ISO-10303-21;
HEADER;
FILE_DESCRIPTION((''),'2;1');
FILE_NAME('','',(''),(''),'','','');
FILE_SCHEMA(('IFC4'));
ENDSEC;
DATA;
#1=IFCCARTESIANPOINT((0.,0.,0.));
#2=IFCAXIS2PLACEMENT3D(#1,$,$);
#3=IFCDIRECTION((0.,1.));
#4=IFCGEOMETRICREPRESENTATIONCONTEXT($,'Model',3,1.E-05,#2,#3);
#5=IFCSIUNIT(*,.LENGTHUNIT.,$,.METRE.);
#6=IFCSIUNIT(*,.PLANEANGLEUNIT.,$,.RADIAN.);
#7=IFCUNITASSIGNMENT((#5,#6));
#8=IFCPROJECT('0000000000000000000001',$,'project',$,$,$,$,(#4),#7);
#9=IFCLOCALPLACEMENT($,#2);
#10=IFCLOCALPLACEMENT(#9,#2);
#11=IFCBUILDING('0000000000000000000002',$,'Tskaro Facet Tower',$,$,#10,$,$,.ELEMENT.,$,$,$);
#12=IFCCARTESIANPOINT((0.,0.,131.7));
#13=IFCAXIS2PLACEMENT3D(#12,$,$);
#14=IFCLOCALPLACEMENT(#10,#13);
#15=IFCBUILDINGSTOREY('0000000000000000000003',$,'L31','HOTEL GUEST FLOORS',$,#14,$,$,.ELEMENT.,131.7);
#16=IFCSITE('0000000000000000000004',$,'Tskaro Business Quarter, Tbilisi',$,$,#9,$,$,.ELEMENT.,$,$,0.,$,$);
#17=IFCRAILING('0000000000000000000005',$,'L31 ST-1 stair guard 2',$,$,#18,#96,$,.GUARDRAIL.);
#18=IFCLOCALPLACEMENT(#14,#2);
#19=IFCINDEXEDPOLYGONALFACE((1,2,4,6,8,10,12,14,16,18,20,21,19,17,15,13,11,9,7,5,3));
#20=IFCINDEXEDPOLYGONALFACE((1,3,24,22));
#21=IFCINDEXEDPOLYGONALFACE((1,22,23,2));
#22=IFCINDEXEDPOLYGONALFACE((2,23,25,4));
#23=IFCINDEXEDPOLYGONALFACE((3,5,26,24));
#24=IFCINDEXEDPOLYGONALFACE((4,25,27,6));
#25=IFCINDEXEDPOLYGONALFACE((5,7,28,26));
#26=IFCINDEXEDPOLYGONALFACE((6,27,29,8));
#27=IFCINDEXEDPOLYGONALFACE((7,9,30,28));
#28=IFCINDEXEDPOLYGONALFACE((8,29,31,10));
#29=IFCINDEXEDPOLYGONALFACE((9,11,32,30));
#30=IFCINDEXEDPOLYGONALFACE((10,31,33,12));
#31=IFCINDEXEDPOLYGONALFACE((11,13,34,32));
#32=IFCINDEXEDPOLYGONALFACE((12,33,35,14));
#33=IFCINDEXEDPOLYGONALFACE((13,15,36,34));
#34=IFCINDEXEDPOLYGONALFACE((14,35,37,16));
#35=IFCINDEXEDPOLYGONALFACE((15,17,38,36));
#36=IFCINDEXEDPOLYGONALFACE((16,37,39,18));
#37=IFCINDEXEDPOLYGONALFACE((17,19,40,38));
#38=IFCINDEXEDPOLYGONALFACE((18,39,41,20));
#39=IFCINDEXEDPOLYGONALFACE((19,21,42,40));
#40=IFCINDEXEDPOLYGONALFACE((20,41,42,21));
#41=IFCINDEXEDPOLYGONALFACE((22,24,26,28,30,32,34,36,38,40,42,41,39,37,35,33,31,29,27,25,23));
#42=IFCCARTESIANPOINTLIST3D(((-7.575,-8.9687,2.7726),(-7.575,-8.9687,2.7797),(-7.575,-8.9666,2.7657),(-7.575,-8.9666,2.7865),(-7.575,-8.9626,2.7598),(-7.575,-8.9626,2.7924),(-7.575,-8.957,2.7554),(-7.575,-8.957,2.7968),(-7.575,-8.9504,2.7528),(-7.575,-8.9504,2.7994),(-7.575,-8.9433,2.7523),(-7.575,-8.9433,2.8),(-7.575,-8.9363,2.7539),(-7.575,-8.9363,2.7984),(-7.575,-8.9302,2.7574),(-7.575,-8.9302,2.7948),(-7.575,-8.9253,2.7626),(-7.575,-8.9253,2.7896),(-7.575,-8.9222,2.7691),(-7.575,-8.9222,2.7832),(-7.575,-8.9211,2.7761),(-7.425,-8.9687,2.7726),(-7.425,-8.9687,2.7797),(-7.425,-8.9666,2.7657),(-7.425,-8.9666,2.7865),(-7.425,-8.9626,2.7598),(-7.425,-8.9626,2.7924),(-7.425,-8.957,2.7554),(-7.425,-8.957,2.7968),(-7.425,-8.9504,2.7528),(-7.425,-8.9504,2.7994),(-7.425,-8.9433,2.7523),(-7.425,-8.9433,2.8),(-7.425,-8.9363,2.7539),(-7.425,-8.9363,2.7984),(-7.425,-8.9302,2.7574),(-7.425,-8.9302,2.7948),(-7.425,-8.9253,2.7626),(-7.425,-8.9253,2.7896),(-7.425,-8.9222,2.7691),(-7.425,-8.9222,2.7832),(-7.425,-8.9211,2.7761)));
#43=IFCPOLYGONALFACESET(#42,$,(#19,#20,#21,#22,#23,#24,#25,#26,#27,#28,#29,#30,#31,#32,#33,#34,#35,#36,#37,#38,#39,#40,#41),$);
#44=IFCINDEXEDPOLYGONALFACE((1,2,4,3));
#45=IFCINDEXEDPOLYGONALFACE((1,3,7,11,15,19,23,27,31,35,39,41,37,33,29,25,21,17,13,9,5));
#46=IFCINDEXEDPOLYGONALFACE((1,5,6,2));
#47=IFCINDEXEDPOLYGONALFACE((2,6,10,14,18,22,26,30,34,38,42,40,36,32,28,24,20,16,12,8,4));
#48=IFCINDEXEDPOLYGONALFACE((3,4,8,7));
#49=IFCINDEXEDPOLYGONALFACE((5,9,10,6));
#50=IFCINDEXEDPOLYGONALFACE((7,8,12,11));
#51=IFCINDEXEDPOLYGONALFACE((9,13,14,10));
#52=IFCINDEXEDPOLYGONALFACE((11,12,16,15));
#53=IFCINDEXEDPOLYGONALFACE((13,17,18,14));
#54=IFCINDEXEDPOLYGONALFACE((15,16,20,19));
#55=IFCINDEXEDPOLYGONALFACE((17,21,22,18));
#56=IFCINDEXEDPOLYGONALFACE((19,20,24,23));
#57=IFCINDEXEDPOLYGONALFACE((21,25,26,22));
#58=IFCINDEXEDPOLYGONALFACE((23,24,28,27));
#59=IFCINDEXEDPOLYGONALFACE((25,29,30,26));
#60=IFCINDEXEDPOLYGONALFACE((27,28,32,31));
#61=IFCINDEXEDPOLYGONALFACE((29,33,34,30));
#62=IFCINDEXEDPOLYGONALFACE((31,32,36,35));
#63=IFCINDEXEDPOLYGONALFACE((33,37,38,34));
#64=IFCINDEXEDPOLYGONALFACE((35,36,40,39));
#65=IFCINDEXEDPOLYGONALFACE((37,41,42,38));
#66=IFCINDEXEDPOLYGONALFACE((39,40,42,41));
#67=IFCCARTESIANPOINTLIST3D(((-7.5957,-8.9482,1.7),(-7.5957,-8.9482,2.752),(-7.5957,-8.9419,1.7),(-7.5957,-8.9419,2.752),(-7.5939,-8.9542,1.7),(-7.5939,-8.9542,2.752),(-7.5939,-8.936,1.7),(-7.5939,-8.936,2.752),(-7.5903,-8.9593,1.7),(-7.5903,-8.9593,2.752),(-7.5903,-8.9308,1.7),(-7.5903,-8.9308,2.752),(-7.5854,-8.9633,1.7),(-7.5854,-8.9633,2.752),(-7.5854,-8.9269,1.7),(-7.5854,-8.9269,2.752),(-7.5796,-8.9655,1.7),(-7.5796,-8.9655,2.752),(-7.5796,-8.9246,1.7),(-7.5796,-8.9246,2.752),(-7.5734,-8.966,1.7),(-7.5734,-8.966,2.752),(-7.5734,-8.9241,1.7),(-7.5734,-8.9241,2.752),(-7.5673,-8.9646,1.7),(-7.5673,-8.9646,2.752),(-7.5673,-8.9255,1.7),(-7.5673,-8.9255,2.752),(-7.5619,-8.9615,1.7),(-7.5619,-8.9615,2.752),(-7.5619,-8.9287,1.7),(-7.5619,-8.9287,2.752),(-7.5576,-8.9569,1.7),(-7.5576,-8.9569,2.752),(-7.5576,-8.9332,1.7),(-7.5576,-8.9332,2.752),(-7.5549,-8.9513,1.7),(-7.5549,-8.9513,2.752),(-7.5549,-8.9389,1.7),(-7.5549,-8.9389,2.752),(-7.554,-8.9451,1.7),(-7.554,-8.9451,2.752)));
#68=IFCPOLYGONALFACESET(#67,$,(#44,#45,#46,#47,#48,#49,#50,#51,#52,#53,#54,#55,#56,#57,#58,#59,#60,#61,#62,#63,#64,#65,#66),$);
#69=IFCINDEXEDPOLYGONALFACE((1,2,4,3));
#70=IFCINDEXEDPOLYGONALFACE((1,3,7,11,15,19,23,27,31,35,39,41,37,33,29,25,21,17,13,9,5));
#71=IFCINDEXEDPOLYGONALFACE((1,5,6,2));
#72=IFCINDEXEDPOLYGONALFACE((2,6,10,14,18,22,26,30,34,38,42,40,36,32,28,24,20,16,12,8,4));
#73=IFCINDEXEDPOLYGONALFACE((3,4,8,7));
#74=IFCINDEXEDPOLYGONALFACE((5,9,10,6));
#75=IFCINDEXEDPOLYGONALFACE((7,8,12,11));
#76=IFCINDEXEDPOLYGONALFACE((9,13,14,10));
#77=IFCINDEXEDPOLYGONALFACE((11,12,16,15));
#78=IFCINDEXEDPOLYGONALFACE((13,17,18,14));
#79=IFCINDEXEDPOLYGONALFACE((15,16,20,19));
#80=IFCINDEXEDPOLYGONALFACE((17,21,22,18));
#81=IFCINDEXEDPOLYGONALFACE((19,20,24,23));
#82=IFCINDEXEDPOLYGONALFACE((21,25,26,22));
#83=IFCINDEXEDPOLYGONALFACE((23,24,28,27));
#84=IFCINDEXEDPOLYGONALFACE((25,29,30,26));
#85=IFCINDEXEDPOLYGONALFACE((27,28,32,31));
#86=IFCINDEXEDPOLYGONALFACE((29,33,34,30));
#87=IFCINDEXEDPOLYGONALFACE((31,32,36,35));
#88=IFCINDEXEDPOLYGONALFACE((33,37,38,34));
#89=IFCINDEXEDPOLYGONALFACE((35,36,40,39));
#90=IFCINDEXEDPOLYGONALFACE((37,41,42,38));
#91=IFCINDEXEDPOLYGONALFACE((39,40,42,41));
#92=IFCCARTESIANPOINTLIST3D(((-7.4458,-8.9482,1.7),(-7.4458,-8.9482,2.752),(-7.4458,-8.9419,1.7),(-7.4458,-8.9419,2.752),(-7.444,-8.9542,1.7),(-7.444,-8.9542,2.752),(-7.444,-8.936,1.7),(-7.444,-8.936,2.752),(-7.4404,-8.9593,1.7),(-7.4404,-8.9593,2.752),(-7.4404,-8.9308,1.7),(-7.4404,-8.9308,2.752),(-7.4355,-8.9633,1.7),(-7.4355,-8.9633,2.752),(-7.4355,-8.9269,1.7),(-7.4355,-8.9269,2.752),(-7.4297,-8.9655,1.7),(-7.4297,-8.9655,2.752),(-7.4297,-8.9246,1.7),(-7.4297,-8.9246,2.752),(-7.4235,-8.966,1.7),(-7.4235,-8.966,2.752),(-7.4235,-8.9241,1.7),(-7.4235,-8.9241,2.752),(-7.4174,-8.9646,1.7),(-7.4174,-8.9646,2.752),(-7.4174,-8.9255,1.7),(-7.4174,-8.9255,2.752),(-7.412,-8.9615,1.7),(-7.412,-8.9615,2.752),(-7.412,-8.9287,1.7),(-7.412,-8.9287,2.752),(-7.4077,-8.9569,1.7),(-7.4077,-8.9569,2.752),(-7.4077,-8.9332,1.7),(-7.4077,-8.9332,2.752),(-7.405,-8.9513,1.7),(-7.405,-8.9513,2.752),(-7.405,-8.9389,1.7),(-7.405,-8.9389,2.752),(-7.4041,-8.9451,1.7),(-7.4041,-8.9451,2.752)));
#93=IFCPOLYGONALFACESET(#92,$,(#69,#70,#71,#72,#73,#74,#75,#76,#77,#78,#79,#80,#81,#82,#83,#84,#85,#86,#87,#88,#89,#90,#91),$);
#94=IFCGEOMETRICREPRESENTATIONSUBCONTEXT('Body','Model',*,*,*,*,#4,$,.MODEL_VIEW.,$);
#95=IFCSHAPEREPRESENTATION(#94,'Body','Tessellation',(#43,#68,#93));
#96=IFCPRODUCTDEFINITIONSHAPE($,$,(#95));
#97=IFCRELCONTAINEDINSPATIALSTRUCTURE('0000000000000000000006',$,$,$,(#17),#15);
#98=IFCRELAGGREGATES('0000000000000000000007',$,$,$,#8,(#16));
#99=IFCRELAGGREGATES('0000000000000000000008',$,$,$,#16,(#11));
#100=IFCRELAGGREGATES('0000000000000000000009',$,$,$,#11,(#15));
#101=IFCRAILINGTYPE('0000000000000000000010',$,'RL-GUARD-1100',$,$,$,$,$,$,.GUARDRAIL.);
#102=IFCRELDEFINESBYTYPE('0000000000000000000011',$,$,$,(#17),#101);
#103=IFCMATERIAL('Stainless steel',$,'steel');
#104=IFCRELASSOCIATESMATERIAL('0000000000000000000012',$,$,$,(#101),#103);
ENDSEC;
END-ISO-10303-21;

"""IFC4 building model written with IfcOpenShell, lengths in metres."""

from ifc_helpers import new_model, si_unit, direction, frame, origin, origin_2d, place, context, subcontext, project, spatial, circle, extrude, material, type_object, element, save


model = new_model("IFC4")

# Units and contexts
model_context = context("Model", 3, precision=1e-05, world=origin(), true_north=direction((0.0, 1.0)))
body_context = subcontext(model_context, "Body", "Model", "MODEL_VIEW")
ifc_project = project(units=[si_unit("LENGTHUNIT", "METRE"), si_unit("PLANEANGLEUNIT", "RADIAN")], contexts=[model_context])

# Site, building, storey
site_placement = place(None, origin())
site = spatial("IfcSite", under=ifc_project, at=site_placement, Name="Tskaro Business Quarter, Tbilisi", CompositionType="ELEMENT", RefElevation=0.0)
building_placement = place(site_placement, origin())
building = spatial("IfcBuilding", under=site, at=building_placement, Name="Tskaro Facet Tower", CompositionType="ELEMENT")
storey_placement = place(building_placement, frame((0.0, 0.0, 131.7)))
storey = spatial("IfcBuildingStorey", under=building, at=storey_placement, Name="L31", Description="HOTEL GUEST FLOORS", CompositionType="ELEMENT", Elevation=131.7)

# Shared definitions
ifc_material_1 = material(Name="Stainless steel", Category="steel")

# Railing
railing_type_1 = type_object("IfcRailingType", Name="RL-GUARD-1100", PredefinedType="GUARDRAIL", material=ifc_material_1)
railing_1_placement = place(storey_placement, frame((-7.575, -8.9451, 1.7)))
element("IfcRailing", 1, at=railing_1_placement, inside=storey, type_object=railing_type_1, Name="L31 ST-1 stair guard 2", PredefinedType="GUARDRAIL", context=body_context, shape_type="SweptSolid", body=[
    extrude(circle(Radius=0.0239, at=origin_2d()), frame((0.0, 0.0, 1.0762), z_axis=(1.0, 0.0, 0.0), x_axis=(0.0, 1.0, 0.0)), (0.0, 0.0, 1.0), 0.1499),
    extrude(circle(Radius=0.021, at=origin_2d()), origin(), (0.0, 0.0, 1.0), 1.052),
    extrude(circle(Radius=0.021, at=origin_2d()), frame((0.1499, 0.0, 0.0)), (0.0, 0.0, 1.0), 1.052),
])

save(model, "model.ifc")
